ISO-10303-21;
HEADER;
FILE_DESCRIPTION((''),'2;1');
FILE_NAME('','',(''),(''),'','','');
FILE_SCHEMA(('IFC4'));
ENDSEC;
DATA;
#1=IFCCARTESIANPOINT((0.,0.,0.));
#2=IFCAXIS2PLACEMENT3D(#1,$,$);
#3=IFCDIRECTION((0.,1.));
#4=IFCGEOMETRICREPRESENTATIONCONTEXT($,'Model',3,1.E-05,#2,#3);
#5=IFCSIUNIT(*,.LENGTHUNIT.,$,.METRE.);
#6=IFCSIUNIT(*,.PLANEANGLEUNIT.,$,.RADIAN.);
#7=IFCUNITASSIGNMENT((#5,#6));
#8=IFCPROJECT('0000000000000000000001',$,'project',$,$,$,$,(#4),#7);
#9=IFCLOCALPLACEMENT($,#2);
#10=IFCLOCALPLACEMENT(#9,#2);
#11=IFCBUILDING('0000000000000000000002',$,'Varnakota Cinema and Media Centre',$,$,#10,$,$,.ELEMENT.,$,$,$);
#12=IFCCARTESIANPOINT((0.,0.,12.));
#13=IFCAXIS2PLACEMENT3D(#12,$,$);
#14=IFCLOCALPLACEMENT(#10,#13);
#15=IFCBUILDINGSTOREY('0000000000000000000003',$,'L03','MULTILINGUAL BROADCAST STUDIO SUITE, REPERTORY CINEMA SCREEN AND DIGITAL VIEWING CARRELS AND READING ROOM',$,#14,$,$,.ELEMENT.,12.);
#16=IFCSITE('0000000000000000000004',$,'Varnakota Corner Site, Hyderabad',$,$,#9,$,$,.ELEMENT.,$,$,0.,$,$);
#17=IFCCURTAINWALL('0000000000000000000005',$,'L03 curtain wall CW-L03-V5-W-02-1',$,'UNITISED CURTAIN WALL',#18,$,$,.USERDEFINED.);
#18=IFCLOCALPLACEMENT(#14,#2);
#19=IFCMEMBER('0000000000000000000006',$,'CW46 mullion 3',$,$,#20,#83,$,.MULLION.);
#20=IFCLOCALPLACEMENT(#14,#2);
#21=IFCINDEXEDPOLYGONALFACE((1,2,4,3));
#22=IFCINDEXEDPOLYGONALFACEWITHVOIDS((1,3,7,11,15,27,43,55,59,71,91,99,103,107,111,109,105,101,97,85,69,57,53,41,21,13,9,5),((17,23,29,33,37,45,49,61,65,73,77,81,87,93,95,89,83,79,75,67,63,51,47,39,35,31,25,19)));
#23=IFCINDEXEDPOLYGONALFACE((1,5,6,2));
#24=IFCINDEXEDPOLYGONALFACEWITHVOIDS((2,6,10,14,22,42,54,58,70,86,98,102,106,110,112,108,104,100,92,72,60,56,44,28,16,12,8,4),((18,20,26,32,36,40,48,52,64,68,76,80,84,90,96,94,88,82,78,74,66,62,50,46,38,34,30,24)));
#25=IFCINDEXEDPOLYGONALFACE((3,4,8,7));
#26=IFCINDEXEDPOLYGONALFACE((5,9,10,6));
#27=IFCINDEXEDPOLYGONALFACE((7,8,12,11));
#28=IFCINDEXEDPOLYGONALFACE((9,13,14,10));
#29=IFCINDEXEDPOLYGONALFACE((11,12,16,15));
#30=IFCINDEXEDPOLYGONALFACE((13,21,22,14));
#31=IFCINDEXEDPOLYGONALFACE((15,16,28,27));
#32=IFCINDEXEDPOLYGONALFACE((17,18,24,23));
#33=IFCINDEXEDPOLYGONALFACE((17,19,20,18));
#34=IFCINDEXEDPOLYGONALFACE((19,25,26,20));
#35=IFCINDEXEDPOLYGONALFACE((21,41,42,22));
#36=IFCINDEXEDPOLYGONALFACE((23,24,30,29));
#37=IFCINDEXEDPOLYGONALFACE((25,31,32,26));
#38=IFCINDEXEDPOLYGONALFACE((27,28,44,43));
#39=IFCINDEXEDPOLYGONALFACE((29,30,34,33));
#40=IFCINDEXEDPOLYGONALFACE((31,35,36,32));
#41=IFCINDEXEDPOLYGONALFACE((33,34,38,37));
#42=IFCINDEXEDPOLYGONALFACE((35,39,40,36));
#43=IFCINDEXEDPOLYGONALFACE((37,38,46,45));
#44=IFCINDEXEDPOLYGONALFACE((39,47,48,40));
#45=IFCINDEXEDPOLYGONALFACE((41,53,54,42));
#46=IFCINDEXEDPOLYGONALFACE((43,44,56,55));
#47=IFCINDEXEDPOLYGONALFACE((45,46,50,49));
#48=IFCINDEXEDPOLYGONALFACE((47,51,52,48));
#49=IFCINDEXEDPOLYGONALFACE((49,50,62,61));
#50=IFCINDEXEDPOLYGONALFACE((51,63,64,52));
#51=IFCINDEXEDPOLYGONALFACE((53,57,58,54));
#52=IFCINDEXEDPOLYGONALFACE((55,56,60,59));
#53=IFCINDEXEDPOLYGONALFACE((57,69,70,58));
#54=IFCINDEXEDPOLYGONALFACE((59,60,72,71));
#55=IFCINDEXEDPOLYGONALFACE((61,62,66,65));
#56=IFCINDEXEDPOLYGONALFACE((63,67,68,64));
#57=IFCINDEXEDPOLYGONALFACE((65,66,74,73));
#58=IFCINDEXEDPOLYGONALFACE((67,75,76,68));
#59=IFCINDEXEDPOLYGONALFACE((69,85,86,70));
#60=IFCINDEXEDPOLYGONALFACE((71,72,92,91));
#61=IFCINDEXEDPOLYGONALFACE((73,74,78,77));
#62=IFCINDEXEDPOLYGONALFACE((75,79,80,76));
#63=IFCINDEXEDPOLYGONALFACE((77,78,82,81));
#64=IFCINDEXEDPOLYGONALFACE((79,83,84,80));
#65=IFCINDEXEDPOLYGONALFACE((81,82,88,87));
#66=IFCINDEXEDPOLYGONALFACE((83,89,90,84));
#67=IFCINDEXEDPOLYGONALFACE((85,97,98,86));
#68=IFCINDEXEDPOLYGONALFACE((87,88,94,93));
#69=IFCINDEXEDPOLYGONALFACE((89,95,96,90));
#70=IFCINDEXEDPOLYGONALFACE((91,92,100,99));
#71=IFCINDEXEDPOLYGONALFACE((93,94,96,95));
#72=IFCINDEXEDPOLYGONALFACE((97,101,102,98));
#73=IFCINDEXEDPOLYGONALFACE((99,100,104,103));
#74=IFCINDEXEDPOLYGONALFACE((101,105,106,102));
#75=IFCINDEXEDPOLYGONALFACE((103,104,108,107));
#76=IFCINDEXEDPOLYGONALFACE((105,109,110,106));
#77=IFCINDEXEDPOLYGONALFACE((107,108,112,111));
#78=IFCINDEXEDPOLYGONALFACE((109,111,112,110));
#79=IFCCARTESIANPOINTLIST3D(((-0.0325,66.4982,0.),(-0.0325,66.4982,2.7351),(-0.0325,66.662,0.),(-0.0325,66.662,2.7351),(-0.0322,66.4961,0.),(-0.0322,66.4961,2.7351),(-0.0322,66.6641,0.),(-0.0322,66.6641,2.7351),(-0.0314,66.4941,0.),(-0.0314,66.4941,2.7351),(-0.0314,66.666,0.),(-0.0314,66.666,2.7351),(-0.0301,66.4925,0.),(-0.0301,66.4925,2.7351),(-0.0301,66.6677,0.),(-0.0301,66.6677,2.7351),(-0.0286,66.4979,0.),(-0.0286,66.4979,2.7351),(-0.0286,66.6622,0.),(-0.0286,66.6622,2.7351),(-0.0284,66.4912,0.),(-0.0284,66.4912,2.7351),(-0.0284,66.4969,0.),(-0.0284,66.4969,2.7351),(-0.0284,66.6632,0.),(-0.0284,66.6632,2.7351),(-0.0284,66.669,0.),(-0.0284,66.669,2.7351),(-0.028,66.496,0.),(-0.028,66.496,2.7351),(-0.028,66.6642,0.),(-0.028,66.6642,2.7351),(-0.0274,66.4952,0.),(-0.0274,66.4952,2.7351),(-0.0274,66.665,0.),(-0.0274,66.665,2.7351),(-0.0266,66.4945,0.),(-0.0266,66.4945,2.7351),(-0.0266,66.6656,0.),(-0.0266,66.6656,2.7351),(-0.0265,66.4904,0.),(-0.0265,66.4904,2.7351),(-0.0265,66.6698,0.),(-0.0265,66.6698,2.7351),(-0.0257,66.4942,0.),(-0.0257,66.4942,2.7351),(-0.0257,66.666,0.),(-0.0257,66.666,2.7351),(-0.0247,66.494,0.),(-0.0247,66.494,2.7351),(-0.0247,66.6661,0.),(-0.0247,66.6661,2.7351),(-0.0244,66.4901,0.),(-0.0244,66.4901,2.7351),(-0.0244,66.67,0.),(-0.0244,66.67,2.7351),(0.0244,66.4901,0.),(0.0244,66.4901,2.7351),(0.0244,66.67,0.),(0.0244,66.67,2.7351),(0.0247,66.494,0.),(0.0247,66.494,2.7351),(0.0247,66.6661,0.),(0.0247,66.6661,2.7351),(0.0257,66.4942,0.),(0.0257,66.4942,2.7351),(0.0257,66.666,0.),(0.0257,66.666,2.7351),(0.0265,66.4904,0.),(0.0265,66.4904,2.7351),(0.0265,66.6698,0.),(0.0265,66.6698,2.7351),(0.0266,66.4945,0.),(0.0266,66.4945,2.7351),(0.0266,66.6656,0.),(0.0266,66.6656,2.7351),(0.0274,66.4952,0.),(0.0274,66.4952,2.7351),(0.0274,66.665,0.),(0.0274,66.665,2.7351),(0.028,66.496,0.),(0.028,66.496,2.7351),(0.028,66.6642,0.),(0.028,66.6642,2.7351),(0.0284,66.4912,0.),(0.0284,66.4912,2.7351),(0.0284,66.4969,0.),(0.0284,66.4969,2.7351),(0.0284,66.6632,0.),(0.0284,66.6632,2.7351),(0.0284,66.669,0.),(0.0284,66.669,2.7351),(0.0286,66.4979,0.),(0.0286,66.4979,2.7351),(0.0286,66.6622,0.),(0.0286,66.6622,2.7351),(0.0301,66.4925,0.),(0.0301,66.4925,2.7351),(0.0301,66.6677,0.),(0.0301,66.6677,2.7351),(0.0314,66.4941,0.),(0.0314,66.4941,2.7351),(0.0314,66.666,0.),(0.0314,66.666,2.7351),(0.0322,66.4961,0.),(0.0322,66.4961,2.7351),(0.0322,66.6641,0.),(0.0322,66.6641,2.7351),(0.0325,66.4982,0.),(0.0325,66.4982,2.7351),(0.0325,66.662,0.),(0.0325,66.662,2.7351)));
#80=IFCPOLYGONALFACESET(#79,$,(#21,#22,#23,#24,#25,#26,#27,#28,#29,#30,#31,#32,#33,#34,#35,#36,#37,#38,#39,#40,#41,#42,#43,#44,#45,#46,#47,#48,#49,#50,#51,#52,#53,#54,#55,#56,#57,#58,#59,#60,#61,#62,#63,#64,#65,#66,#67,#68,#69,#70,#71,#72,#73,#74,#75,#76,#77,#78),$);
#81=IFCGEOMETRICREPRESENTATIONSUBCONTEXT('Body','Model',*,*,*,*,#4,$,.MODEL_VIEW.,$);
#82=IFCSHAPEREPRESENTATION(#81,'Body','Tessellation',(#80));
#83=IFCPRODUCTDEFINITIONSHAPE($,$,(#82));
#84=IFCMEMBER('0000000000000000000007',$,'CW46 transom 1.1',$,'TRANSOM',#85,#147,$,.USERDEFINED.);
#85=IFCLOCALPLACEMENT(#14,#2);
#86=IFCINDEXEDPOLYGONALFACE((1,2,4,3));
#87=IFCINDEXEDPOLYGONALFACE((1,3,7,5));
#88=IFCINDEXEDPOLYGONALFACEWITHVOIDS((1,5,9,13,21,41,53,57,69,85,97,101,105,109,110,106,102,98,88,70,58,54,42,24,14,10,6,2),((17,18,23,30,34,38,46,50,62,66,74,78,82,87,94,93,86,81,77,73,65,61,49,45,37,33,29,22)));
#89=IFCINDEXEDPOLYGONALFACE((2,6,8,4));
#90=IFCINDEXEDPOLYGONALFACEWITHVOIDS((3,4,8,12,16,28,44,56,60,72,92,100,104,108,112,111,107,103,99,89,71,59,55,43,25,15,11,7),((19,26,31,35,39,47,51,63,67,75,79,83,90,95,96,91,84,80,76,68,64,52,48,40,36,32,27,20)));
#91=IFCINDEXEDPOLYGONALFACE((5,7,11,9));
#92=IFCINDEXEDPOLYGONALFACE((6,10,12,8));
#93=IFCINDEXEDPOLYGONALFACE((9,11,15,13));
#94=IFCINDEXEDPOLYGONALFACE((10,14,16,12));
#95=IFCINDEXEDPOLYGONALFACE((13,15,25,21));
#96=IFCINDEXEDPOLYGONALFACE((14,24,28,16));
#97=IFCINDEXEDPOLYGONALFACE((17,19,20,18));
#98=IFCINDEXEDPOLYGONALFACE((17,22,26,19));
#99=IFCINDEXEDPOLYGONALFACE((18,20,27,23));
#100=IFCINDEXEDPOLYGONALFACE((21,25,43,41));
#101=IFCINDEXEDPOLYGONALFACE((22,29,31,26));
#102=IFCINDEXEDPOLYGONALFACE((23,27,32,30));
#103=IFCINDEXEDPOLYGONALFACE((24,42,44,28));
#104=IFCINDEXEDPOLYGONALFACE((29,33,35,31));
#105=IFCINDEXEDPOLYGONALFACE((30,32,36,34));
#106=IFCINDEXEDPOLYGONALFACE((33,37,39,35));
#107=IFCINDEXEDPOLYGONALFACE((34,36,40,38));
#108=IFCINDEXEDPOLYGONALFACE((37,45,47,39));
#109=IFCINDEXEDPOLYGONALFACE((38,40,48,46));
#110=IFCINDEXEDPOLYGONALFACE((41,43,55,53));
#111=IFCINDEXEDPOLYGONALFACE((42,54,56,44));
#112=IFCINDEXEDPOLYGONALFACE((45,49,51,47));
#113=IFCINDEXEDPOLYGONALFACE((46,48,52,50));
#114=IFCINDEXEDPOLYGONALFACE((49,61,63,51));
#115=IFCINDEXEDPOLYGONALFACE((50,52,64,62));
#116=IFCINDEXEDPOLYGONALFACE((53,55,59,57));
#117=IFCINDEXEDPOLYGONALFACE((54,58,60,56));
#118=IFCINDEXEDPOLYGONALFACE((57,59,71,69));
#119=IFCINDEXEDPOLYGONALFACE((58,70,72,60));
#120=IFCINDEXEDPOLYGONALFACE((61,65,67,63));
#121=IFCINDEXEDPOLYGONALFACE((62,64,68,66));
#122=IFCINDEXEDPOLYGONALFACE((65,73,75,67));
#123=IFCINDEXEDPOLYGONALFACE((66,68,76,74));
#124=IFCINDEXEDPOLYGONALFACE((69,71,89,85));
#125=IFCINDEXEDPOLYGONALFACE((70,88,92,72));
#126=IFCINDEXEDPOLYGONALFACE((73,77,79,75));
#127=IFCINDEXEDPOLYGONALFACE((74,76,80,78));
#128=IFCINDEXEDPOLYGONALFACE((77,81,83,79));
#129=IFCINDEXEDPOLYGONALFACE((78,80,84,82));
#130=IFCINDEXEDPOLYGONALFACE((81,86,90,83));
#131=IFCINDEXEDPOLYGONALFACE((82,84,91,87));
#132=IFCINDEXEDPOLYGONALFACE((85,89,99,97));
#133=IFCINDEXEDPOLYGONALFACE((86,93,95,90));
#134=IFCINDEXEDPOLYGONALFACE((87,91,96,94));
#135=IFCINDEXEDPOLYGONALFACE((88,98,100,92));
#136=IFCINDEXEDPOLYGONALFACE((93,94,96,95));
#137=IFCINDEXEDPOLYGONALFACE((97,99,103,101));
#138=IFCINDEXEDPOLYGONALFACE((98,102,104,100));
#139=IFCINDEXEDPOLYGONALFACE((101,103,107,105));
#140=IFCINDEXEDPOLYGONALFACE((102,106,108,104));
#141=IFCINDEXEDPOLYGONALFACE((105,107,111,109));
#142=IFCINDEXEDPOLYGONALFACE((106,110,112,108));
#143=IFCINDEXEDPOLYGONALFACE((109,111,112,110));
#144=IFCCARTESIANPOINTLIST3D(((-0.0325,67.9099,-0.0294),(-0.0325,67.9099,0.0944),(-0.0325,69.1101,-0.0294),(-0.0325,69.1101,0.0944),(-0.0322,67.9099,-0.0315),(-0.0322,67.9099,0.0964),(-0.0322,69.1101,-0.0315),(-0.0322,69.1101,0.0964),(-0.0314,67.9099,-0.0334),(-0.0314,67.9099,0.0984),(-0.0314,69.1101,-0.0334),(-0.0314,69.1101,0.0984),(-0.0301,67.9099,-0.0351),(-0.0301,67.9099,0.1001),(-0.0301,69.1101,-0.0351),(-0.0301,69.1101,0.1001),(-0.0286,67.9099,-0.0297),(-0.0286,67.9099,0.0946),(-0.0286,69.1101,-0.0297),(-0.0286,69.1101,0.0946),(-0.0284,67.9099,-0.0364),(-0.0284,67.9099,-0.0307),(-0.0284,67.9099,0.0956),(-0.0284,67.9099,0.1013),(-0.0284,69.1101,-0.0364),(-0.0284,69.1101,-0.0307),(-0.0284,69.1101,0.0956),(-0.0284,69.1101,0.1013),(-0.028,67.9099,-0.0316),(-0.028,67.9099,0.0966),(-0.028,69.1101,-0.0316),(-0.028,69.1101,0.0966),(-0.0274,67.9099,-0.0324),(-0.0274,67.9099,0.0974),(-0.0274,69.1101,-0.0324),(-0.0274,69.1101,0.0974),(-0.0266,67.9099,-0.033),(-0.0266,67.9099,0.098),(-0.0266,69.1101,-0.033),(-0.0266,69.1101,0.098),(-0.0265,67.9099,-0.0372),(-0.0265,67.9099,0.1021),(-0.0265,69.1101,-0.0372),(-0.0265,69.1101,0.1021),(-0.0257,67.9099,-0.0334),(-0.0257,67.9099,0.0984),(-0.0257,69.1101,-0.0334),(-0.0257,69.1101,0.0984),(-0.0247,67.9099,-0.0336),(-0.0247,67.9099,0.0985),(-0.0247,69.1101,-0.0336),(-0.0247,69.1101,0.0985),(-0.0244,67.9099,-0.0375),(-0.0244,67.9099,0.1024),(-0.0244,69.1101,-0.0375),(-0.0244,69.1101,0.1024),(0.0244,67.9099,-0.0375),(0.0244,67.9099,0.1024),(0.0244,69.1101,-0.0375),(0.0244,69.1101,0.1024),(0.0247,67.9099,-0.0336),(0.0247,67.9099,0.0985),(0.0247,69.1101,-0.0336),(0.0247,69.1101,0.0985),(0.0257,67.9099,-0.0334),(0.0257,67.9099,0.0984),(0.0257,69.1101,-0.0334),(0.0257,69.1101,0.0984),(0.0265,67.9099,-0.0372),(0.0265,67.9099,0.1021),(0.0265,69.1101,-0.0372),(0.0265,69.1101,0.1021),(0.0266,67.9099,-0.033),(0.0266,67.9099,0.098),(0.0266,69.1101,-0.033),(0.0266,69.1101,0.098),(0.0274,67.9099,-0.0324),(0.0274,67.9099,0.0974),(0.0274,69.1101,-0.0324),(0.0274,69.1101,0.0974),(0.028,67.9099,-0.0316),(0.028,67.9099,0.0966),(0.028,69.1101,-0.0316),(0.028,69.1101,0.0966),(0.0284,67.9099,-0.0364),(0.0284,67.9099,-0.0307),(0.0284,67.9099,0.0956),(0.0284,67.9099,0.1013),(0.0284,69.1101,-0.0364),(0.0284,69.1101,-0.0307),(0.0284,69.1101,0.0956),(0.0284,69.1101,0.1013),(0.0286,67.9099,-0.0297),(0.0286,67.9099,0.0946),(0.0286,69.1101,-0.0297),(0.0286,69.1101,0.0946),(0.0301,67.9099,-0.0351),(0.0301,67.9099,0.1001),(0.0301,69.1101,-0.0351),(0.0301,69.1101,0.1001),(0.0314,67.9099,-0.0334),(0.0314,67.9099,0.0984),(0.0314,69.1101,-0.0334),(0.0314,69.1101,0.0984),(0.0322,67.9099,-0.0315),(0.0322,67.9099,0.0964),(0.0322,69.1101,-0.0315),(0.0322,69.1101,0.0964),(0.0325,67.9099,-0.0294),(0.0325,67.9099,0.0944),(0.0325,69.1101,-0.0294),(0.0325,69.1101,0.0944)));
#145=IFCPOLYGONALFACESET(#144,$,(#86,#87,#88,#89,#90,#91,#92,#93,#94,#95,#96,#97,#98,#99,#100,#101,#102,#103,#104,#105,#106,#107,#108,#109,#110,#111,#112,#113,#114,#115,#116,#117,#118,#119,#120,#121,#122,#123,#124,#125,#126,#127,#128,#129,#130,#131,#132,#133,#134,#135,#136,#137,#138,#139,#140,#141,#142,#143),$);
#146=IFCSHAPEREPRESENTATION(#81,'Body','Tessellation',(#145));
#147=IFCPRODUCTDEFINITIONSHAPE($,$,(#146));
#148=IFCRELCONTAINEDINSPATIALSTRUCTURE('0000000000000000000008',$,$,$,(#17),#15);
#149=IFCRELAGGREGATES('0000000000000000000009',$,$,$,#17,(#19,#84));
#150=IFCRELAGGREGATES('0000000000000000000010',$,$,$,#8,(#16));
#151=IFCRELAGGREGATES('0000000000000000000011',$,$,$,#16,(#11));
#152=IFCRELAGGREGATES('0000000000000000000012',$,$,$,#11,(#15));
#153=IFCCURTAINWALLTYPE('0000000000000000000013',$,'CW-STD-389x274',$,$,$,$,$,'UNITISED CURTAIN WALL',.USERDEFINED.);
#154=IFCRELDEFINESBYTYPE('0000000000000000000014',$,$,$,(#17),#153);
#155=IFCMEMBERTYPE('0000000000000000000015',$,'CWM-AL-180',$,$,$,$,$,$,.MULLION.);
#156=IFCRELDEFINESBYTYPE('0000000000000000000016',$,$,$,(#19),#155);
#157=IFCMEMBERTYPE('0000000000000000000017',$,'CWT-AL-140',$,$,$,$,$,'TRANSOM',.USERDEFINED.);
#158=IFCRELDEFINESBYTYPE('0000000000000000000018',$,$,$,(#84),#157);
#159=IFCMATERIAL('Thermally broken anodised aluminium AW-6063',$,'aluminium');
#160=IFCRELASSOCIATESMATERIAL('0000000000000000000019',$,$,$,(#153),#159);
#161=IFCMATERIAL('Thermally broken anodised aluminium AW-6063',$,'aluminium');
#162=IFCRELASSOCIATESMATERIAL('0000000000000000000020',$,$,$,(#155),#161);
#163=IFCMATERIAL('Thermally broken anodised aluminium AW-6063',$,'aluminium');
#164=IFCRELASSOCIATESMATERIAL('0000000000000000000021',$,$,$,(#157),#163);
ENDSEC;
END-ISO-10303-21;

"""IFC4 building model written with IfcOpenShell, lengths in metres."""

from ifc_helpers import new_model, si_unit, direction, frame, origin, origin_2d, place, context, subcontext, project, spatial, hollow_rectangle, extrude, material, material_profile, profile_set, type_object, element, aggregate, save


model = new_model("IFC4")

# Units and contexts
model_context = context("Model", 3, precision=1e-05, world=origin(), true_north=direction((0.0, 1.0)))
body_context = subcontext(model_context, "Body", "Model", "MODEL_VIEW")
ifc_project = project(units=[si_unit("LENGTHUNIT", "METRE"), si_unit("PLANEANGLEUNIT", "RADIAN")], contexts=[model_context])

# Site, building, storey
site_placement = place(None, origin())
site = spatial("IfcSite", under=ifc_project, at=site_placement, Name="Varnakota Corner Site, Hyderabad", CompositionType="ELEMENT", RefElevation=0.0)
building_placement = place(site_placement, origin())
building = spatial("IfcBuilding", under=site, at=building_placement, Name="Varnakota Cinema and Media Centre", CompositionType="ELEMENT")
storey_placement = place(building_placement, frame((0.0, 0.0, 12.0)))
storey = spatial("IfcBuildingStorey", under=building, at=storey_placement, Name="L03", Description="MULTILINGUAL BROADCAST STUDIO SUITE, REPERTORY CINEMA SCREEN AND DIGITAL VIEWING CARRELS AND READING ROOM", CompositionType="ELEMENT", Elevation=12.0)

# Curtain wall, members
ifc_material_1 = material(Name="Thermally broken anodised aluminium AW-6063", Category="aluminium")
curtain_wall_type = type_object("IfcCurtainWallType", Name="CW-STD-389x274", ElementType="UNITISED CURTAIN WALL", PredefinedType="USERDEFINED", material=ifc_material_1)
curtain_wall_placement = place(storey_placement, origin())
curtain_wall = element("IfcCurtainWall", 1, at=curtain_wall_placement, inside=storey, type_object=curtain_wall_type, Name="L03 curtain wall CW-L03-V5-W-02-1", ObjectType="UNITISED CURTAIN WALL", PredefinedType="USERDEFINED")
ifc_material_2 = material(Name="Thermally broken anodised aluminium AW-6063", Category="aluminium")
ifc_material_profile_1 = material_profile(ifc_material_2, hollow_rectangle(XDim=0.0649, YDim=0.1799, WallThickness=0.0039, InnerFilletRadius=0.0039, OuterFilletRadius=0.0081, at=origin_2d()), Name="AL-MULLION 180x65x4")
ifc_profile_set_1 = profile_set([ifc_material_profile_1], Name="Thermally broken anodised aluminium AW-6063")
member_type_1 = type_object("IfcMemberType", Name="CWM-AL-180", PredefinedType="MULLION", material=ifc_profile_set_1)
member_1_placement = place(storey_placement, frame((0.0, 66.5801, 0.0), z_axis=(0.0, 0.0, 1.0), x_axis=(1.0, 0.0, 0.0)))
member_1 = element("IfcMember", 2, at=member_1_placement, type_object=member_type_1, Name="CW46 mullion 3", PredefinedType="MULLION", context=body_context, shape_type="SweptSolid", body=[
    extrude(hollow_rectangle(XDim=0.0649, YDim=0.1799, WallThickness=0.0039, InnerFilletRadius=0.0039, OuterFilletRadius=0.0081, at=origin_2d()), origin(), (0.0, 0.0, 1.0), 2.7351),
])
ifc_material_3 = material(Name="Thermally broken anodised aluminium AW-6063", Category="aluminium")
ifc_material_profile_2 = material_profile(ifc_material_3, hollow_rectangle(XDim=0.0649, YDim=0.1399, WallThickness=0.0039, InnerFilletRadius=0.0039, OuterFilletRadius=0.0081, at=origin_2d()), Name="AL-TRANSOM 140x65x4")
ifc_profile_set_2 = profile_set([ifc_material_profile_2], Name="Thermally broken anodised aluminium AW-6063")
member_type_2 = type_object("IfcMemberType", Name="CWT-AL-140", ElementType="TRANSOM", PredefinedType="USERDEFINED", material=ifc_profile_set_2)
member_2_placement = place(storey_placement, frame((0.0, 69.1101, 0.0325), z_axis=(0.0, -1.0, 0.0), x_axis=(1.0, 0.0, 0.0)))
member_2 = element("IfcMember", 3, at=member_2_placement, type_object=member_type_2, Name="CW46 transom 1.1", ObjectType="TRANSOM", PredefinedType="USERDEFINED", context=body_context, shape_type="SweptSolid", body=[
    extrude(hollow_rectangle(XDim=0.0649, YDim=0.1399, WallThickness=0.0039, InnerFilletRadius=0.0039, OuterFilletRadius=0.0081, at=origin_2d()), origin(), (0.0, 0.0, 1.0), 1.2002),
])
aggregate(curtain_wall, [member_1, member_2])

save(model, "model.ifc")
